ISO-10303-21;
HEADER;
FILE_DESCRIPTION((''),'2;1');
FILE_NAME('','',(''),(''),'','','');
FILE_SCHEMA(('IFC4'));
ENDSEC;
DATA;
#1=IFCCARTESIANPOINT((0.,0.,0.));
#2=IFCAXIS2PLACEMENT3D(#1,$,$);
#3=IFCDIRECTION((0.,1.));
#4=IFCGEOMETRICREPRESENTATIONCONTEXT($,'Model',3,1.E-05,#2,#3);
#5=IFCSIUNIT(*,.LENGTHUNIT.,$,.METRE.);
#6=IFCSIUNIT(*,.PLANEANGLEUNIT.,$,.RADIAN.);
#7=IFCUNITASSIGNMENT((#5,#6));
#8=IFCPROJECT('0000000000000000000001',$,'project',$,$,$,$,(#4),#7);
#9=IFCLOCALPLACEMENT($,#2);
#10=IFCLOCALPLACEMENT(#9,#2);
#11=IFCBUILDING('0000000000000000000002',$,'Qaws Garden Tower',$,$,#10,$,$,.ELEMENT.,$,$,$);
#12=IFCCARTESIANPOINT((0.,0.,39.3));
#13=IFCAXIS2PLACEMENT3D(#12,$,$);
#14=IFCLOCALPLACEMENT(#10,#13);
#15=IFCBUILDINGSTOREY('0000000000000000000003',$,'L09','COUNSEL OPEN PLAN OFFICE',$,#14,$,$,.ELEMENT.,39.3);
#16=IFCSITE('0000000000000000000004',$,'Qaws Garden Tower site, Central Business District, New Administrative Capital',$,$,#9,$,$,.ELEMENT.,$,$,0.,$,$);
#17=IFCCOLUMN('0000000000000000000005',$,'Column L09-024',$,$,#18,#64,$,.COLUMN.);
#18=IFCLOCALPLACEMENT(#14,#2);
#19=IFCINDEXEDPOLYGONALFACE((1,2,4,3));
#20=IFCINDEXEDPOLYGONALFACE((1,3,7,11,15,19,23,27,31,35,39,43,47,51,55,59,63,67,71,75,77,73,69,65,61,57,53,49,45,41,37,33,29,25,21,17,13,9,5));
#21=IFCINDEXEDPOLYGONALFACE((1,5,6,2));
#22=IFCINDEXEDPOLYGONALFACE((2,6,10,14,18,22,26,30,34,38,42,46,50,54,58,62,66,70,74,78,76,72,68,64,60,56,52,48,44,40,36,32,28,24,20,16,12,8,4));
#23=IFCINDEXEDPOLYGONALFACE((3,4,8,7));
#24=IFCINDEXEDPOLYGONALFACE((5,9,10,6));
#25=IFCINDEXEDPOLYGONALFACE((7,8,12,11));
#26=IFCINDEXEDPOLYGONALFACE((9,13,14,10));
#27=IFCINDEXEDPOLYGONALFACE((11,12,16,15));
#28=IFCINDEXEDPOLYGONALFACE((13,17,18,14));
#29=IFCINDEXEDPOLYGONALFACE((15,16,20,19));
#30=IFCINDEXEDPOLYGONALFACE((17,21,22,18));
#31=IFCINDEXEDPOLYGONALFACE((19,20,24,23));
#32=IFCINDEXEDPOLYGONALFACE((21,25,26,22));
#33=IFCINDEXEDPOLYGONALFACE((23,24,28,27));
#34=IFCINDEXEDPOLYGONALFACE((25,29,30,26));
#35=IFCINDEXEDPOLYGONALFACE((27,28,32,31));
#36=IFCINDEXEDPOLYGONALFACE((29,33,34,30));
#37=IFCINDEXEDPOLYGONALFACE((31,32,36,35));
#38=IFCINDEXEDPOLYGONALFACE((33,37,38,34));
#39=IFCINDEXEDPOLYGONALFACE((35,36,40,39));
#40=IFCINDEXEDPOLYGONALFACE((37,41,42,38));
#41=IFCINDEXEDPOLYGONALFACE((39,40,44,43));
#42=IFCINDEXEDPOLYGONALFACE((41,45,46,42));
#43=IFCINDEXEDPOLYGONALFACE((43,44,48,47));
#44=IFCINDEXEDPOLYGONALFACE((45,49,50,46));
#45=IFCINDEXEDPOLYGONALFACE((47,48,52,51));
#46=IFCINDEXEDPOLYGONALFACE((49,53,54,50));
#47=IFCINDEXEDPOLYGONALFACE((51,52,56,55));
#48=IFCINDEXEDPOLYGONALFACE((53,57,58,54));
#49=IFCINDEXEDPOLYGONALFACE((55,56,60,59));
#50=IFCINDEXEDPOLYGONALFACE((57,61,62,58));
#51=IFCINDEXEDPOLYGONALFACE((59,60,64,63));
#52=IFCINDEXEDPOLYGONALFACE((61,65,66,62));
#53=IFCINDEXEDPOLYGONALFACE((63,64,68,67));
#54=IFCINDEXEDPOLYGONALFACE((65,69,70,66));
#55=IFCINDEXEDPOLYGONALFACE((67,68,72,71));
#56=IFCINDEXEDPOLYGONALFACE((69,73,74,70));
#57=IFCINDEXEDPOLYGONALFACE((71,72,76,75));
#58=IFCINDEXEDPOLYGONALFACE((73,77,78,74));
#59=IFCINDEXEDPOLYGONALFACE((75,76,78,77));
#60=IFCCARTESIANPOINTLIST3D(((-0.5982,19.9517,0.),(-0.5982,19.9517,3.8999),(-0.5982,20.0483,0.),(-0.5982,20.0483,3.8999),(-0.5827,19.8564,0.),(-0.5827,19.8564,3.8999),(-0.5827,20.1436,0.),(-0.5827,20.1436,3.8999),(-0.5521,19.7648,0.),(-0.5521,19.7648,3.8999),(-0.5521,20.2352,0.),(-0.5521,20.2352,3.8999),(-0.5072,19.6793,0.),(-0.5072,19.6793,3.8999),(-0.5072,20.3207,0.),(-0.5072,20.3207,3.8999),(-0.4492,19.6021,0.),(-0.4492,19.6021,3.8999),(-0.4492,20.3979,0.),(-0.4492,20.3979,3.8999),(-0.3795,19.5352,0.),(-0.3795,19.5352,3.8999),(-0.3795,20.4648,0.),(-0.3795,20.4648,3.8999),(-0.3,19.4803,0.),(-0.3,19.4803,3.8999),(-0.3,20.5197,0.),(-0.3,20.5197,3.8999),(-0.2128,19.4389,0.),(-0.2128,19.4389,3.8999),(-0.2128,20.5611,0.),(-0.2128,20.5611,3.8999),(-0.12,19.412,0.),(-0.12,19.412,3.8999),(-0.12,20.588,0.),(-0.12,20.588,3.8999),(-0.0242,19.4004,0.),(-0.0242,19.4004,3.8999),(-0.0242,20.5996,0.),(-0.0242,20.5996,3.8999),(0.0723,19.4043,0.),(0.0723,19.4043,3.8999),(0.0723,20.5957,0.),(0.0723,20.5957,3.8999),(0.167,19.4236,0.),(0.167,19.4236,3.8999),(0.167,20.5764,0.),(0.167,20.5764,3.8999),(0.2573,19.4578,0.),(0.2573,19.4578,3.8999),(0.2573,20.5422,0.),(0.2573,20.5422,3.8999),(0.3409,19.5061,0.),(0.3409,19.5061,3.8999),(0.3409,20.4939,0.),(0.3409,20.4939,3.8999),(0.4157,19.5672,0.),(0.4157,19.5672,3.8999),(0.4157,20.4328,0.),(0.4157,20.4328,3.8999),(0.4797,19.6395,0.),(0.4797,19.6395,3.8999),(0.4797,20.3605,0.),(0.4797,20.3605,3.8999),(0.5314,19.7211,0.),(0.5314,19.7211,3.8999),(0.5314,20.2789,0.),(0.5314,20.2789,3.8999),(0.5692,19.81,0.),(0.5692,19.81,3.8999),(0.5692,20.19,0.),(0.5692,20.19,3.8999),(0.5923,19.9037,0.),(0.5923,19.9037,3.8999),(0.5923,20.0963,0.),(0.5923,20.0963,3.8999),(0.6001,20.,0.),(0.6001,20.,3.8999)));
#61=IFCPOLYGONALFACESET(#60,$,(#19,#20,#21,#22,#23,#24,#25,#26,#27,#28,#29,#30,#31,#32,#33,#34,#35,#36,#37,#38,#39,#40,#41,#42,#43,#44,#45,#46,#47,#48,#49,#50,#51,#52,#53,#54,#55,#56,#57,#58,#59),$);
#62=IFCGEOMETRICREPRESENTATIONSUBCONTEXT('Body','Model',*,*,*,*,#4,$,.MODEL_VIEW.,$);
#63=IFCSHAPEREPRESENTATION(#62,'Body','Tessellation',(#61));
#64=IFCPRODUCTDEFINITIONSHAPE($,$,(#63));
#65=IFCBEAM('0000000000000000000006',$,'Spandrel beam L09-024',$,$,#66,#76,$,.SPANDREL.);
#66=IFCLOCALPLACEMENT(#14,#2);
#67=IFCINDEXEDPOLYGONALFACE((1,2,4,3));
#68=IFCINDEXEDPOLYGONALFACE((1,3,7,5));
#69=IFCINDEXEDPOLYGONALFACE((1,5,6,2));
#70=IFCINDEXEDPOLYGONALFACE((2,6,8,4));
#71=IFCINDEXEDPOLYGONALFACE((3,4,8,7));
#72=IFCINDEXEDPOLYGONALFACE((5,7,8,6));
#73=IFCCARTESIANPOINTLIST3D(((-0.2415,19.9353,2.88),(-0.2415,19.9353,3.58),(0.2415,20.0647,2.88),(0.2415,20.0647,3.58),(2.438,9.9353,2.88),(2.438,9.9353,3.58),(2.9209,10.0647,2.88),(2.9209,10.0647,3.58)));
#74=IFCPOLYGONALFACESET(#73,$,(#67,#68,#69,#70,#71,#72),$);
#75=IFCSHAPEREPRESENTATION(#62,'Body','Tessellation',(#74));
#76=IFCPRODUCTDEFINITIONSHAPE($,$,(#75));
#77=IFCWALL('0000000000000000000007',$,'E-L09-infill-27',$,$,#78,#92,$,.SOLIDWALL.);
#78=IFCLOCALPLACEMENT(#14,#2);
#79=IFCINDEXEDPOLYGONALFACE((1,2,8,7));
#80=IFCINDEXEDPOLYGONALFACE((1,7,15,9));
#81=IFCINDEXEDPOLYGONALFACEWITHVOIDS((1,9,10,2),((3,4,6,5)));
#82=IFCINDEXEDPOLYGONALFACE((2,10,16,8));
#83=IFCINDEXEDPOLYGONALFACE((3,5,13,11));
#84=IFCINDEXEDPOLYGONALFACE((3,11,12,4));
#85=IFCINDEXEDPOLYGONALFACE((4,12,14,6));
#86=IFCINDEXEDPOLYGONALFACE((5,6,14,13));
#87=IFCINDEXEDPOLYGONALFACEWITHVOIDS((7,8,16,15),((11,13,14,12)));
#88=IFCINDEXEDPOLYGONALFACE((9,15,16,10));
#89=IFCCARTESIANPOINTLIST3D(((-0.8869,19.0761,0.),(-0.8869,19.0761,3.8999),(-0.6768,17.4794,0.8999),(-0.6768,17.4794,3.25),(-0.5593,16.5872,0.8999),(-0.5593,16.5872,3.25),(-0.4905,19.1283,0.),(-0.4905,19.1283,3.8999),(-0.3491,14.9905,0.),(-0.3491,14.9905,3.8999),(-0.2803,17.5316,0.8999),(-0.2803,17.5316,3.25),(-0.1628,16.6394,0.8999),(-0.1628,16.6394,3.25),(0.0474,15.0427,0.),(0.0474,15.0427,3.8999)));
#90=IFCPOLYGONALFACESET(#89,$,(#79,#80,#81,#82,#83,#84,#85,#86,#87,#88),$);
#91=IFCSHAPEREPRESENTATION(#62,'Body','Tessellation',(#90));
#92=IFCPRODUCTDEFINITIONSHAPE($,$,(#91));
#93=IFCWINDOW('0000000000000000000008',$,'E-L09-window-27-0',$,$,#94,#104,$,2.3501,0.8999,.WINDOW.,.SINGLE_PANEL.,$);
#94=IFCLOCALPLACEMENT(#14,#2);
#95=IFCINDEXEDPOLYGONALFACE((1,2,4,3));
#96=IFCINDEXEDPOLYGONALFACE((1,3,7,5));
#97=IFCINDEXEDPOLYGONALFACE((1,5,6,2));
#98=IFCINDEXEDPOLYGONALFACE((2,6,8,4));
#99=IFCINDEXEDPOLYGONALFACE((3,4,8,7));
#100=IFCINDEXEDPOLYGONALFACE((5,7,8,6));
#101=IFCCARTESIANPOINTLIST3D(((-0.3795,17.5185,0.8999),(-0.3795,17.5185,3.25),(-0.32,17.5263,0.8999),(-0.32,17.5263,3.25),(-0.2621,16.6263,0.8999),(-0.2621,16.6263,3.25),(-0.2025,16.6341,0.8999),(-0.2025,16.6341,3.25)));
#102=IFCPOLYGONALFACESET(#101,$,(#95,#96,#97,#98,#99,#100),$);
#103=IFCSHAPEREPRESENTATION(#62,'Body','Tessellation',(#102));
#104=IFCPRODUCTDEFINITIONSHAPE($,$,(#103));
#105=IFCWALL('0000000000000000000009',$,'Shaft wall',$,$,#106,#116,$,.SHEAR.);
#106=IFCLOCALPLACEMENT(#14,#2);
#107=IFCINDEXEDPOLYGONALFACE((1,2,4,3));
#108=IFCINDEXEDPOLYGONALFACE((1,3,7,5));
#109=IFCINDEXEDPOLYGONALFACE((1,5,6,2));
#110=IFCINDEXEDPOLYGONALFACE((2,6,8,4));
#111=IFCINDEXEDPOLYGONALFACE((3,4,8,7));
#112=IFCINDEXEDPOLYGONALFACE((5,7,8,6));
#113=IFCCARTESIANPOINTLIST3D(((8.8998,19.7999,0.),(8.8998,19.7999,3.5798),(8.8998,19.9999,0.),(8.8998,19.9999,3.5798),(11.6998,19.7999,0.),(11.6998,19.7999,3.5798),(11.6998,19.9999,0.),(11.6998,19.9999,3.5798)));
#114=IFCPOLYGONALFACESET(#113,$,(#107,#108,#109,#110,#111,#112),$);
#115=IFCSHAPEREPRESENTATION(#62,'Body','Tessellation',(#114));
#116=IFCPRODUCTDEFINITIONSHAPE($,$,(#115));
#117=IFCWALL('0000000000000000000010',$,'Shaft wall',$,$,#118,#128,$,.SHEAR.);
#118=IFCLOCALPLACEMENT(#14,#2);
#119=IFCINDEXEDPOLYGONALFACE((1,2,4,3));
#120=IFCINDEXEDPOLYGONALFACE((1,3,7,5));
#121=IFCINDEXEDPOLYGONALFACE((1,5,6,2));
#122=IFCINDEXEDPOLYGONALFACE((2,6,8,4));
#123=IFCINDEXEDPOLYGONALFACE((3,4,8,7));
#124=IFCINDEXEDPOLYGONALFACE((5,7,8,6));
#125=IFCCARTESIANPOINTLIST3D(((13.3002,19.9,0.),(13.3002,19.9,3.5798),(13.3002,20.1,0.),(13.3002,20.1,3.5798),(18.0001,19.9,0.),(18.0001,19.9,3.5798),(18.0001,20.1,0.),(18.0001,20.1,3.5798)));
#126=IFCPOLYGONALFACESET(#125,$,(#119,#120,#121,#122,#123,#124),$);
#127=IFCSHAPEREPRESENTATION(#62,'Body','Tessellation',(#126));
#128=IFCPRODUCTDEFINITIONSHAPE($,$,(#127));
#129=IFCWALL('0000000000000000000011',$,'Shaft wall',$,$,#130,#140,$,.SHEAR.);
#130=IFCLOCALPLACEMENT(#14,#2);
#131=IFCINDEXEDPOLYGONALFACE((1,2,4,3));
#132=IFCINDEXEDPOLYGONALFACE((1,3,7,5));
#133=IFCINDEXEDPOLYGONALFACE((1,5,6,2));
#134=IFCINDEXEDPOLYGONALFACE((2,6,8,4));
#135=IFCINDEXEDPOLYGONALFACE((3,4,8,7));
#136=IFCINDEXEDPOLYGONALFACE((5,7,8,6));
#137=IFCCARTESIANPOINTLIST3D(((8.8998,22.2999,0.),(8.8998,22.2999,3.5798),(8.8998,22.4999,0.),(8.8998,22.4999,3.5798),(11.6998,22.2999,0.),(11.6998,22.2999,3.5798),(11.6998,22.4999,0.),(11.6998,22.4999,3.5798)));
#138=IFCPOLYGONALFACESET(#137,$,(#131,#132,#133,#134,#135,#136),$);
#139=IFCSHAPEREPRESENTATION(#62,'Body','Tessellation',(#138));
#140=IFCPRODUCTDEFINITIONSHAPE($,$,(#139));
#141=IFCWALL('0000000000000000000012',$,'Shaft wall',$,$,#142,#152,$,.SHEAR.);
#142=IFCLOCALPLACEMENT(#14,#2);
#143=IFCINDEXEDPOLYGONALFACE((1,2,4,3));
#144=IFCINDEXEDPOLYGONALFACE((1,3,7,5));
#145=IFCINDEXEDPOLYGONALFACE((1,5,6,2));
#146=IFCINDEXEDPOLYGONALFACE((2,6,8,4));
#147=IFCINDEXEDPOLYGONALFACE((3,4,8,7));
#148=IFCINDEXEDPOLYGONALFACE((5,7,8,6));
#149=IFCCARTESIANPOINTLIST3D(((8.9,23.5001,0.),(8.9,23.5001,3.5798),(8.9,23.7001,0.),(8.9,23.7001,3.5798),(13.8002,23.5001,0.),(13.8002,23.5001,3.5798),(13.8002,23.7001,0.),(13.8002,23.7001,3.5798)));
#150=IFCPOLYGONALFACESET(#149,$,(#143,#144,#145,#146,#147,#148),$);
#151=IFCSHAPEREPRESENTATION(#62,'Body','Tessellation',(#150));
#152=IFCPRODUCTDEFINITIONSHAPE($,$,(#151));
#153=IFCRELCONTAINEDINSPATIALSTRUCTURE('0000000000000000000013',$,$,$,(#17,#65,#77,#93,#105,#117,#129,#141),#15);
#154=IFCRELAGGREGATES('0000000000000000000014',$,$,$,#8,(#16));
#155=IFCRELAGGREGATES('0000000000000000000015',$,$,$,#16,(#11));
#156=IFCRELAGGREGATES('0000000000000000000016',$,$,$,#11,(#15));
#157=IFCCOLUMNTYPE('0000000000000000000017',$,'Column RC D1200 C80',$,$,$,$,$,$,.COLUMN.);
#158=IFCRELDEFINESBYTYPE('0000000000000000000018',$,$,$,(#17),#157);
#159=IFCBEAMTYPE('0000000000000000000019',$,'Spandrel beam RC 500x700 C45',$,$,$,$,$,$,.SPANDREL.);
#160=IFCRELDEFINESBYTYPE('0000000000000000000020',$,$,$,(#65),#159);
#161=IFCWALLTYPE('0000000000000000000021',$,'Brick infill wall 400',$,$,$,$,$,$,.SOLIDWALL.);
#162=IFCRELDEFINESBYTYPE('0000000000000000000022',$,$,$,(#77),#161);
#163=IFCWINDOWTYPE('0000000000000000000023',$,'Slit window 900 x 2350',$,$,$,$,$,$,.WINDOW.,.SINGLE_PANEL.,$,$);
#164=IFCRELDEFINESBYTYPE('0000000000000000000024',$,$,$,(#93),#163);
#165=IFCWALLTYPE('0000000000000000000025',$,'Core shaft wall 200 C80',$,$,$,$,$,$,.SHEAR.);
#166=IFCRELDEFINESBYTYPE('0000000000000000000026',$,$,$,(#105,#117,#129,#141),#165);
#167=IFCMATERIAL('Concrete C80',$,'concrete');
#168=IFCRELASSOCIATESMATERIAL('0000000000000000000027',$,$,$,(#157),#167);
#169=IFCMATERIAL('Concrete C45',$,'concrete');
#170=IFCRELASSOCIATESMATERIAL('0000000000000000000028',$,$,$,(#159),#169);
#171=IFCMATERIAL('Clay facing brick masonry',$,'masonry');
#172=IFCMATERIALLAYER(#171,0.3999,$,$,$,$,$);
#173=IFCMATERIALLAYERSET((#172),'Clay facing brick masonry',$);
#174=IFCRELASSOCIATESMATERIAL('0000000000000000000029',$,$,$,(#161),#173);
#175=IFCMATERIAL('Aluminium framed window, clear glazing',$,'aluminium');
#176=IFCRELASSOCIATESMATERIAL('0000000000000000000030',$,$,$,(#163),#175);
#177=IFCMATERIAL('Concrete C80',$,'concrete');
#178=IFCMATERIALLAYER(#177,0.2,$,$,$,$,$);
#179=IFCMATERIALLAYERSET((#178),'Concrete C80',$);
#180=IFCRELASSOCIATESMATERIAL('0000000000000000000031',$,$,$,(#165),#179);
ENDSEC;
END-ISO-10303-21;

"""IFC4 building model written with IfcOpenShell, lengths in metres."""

from ifc_helpers import new_model, si_unit, direction, frame, frame_2d, origin, origin_2d, place, context, subcontext, project, spatial, rectangle, circle, extrude, material, layer, layer_set, material_profile, profile_set, type_object, element, fill, save


model = new_model("IFC4")

# Units and contexts
model_context = context("Model", 3, precision=1e-05, world=origin(), true_north=direction((0.0, 1.0)))
body_context = subcontext(model_context, "Body", "Model", "MODEL_VIEW")
ifc_project = project(units=[si_unit("LENGTHUNIT", "METRE"), si_unit("PLANEANGLEUNIT", "RADIAN")], contexts=[model_context])

# Site, building, storey
site_placement = place(None, origin())
site = spatial("IfcSite", under=ifc_project, at=site_placement, Name="Qaws Garden Tower site, Central Business District, New Administrative Capital", CompositionType="ELEMENT", RefElevation=0.0)
building_placement = place(site_placement, origin())
building = spatial("IfcBuilding", under=site, at=building_placement, Name="Qaws Garden Tower", CompositionType="ELEMENT")
storey_placement = place(building_placement, frame((0.0, 0.0, 39.3)))
storey = spatial("IfcBuildingStorey", under=building, at=storey_placement, Name="L09", Description="COUNSEL OPEN PLAN OFFICE", CompositionType="ELEMENT", Elevation=39.3)

# Column
ifc_material_1 = material(Name="Concrete C80", Category="concrete")
ifc_material_profile_1 = material_profile(ifc_material_1, circle(Radius=0.6001, at=origin_2d()), Name="RC D1200")
ifc_profile_set_1 = profile_set([ifc_material_profile_1], Name="Concrete C80")
column_type = type_object("IfcColumnType", Name="Column RC D1200 C80", PredefinedType="COLUMN", material=ifc_profile_set_1)
column_placement = place(storey_placement, frame((0.0, 20.0, 0.0), z_axis=(0.0, 0.0, 1.0), x_axis=(1.0, 0.0, 0.0)))
element("IfcColumn", 1, at=column_placement, inside=storey, type_object=column_type, Name="Column L09-024", PredefinedType="COLUMN", context=body_context, shape_type="SweptSolid", body=[
    extrude(circle(Radius=0.6001, at=origin_2d()), origin(), (0.0, 0.0, 1.0), 3.8999),
])

# Beam
ifc_material_2 = material(Name="Concrete C45", Category="concrete")
ifc_material_profile_2 = material_profile(ifc_material_2, rectangle(XDim=0.5, YDim=0.7, at=origin_2d()), Name="RC 500x700")
ifc_profile_set_2 = profile_set([ifc_material_profile_2], Name="Concrete C45")
beam_type = type_object("IfcBeamType", Name="Spandrel beam RC 500x700 C45", PredefinedType="SPANDREL", material=ifc_profile_set_2)
beam_placement = place(storey_placement, frame((0.0, 20.0, 3.23), z_axis=(0.258815, -0.965927, 0.0), x_axis=(0.965927, 0.258815, 0.0)))
element("IfcBeam", 2, at=beam_placement, inside=storey, type_object=beam_type, Name="Spandrel beam L09-024", PredefinedType="SPANDREL", context=body_context, shape_type="SweptSolid", body=[
    extrude(rectangle(XDim=0.5, YDim=0.7, at=origin_2d()), origin(), (0.0, 0.0, 1.0), 10.3528),
])

# Wall, opening, window
ifc_material_3 = material(Name="Clay facing brick masonry", Category="masonry")
ifc_layer_1 = layer(ifc_material_3, 0.3999)
ifc_layer_set_1 = layer_set([ifc_layer_1], Name="Clay facing brick masonry")
wall_type_1 = type_object("IfcWallType", Name="Brick infill wall 400", PredefinedType="SOLIDWALL", material=ifc_layer_set_1)
wall_1_placement = place(storey_placement, frame((-0.6887, 19.1023, 0.0), z_axis=(0.0, 0.0, 1.0), x_axis=(0.130514, -0.991446, 0.0)))
wall_1 = element("IfcWall", 3, at=wall_1_placement, inside=storey, type_object=wall_type_1, Name="E-L09-infill-27", PredefinedType="SOLIDWALL", context=body_context, shape_type="SweptSolid", body=[
    extrude(rectangle(XDim=4.1208, YDim=0.3999, at=frame_2d((2.0605, 0.0))), origin(), (0.0, 0.0, 1.0), 3.8999),
])
opening_1_placement = place(wall_1_placement, frame((1.6106, 0.0, 0.8999)))
opening_1 = element("IfcOpeningElement", 4, at=opening_1_placement, cuts=wall_1, PredefinedType="OPENING", context=body_context, shape_type="SweptSolid", body=[
    extrude(rectangle(XDim=0.8999, YDim=2.3501, at=frame_2d((0.45, 1.175))), frame((0.0, 0.21, 0.0), z_axis=(0.0, -1.0, 0.0), x_axis=(1.0, 0.0, 0.0)), (0.0, 0.0, 1.0), 0.4199),
])
ifc_material_4 = material(Name="Aluminium framed window, clear glazing", Category="aluminium")
window_type = type_object("IfcWindowType", Name="Slit window 900 x 2350", PartitioningType="SINGLE_PANEL", PredefinedType="WINDOW", material=ifc_material_4)
window_placement = place(opening_1_placement, origin())
window = element("IfcWindow", 5, at=window_placement, inside=storey, type_object=window_type, Name="E-L09-window-27-0", OverallHeight=2.3501, OverallWidth=0.8999, PartitioningType="SINGLE_PANEL", PredefinedType="WINDOW", context=body_context, shape_type="SweptSolid", body=[
    extrude(rectangle(XDim=0.8999, YDim=2.3501, at=frame_2d((0.45, 1.175))), frame((0.0, 0.1599, 0.0), z_axis=(0.0, -1.0, 0.0), x_axis=(1.0, 0.0, 0.0)), (0.0, 0.0, 1.0), 0.0601),
])
fill(opening_1, window)

# Walls
ifc_material_5 = material(Name="Concrete C80", Category="concrete")
ifc_layer_2 = layer(ifc_material_5, 0.2)
ifc_layer_set_2 = layer_set([ifc_layer_2], Name="Concrete C80")
wall_type_2 = type_object("IfcWallType", Name="Core shaft wall 200 C80", PredefinedType="SHEAR", material=ifc_layer_set_2)
wall_2_placement = place(storey_placement, frame((8.8999, 19.8999, 0.0), z_axis=(0.0, 0.0, 1.0), x_axis=(1.0, 0.0, 0.0)))
element("IfcWall", 6, at=wall_2_placement, inside=storey, type_object=wall_type_2, Name="Shaft wall", PredefinedType="SHEAR", context=body_context, shape_type="SweptSolid", body=[
    extrude(rectangle(XDim=2.8, YDim=0.2, at=frame_2d((1.3999, 0.0))), origin(), (0.0, 0.0, 1.0), 3.5798),
])
wall_3_placement = place(storey_placement, frame((13.3, 20.0, 0.0), z_axis=(0.0, 0.0, 1.0), x_axis=(1.0, 0.0, 0.0)))
element("IfcWall", 7, at=wall_3_placement, inside=storey, type_object=wall_type_2, Name="Shaft wall", PredefinedType="SHEAR", context=body_context, shape_type="SweptSolid", body=[
    extrude(rectangle(XDim=4.7, YDim=0.2, at=frame_2d((2.3501, 0.0))), origin(), (0.0, 0.0, 1.0), 3.5798),
])
wall_4_placement = place(storey_placement, frame((8.8999, 22.3999, 0.0), z_axis=(0.0, 0.0, 1.0), x_axis=(1.0, 0.0, 0.0)))
element("IfcWall", 8, at=wall_4_placement, inside=storey, type_object=wall_type_2, Name="Shaft wall", PredefinedType="SHEAR", context=body_context, shape_type="SweptSolid", body=[
    extrude(rectangle(XDim=2.8, YDim=0.2, at=frame_2d((1.3999, 0.0))), origin(), (0.0, 0.0, 1.0), 3.5798),
])
wall_5_placement = place(storey_placement, frame((8.8999, 23.6001, 0.0), z_axis=(0.0, 0.0, 1.0), x_axis=(1.0, 0.0, 0.0)))
element("IfcWall", 9, at=wall_5_placement, inside=storey, type_object=wall_type_2, Name="Shaft wall", PredefinedType="SHEAR", context=body_context, shape_type="SweptSolid", body=[
    extrude(rectangle(XDim=4.9001, YDim=0.2, at=frame_2d((2.4502, 0.0))), origin(), (0.0, 0.0, 1.0), 3.5798),
])

save(model, "model.ifc")
